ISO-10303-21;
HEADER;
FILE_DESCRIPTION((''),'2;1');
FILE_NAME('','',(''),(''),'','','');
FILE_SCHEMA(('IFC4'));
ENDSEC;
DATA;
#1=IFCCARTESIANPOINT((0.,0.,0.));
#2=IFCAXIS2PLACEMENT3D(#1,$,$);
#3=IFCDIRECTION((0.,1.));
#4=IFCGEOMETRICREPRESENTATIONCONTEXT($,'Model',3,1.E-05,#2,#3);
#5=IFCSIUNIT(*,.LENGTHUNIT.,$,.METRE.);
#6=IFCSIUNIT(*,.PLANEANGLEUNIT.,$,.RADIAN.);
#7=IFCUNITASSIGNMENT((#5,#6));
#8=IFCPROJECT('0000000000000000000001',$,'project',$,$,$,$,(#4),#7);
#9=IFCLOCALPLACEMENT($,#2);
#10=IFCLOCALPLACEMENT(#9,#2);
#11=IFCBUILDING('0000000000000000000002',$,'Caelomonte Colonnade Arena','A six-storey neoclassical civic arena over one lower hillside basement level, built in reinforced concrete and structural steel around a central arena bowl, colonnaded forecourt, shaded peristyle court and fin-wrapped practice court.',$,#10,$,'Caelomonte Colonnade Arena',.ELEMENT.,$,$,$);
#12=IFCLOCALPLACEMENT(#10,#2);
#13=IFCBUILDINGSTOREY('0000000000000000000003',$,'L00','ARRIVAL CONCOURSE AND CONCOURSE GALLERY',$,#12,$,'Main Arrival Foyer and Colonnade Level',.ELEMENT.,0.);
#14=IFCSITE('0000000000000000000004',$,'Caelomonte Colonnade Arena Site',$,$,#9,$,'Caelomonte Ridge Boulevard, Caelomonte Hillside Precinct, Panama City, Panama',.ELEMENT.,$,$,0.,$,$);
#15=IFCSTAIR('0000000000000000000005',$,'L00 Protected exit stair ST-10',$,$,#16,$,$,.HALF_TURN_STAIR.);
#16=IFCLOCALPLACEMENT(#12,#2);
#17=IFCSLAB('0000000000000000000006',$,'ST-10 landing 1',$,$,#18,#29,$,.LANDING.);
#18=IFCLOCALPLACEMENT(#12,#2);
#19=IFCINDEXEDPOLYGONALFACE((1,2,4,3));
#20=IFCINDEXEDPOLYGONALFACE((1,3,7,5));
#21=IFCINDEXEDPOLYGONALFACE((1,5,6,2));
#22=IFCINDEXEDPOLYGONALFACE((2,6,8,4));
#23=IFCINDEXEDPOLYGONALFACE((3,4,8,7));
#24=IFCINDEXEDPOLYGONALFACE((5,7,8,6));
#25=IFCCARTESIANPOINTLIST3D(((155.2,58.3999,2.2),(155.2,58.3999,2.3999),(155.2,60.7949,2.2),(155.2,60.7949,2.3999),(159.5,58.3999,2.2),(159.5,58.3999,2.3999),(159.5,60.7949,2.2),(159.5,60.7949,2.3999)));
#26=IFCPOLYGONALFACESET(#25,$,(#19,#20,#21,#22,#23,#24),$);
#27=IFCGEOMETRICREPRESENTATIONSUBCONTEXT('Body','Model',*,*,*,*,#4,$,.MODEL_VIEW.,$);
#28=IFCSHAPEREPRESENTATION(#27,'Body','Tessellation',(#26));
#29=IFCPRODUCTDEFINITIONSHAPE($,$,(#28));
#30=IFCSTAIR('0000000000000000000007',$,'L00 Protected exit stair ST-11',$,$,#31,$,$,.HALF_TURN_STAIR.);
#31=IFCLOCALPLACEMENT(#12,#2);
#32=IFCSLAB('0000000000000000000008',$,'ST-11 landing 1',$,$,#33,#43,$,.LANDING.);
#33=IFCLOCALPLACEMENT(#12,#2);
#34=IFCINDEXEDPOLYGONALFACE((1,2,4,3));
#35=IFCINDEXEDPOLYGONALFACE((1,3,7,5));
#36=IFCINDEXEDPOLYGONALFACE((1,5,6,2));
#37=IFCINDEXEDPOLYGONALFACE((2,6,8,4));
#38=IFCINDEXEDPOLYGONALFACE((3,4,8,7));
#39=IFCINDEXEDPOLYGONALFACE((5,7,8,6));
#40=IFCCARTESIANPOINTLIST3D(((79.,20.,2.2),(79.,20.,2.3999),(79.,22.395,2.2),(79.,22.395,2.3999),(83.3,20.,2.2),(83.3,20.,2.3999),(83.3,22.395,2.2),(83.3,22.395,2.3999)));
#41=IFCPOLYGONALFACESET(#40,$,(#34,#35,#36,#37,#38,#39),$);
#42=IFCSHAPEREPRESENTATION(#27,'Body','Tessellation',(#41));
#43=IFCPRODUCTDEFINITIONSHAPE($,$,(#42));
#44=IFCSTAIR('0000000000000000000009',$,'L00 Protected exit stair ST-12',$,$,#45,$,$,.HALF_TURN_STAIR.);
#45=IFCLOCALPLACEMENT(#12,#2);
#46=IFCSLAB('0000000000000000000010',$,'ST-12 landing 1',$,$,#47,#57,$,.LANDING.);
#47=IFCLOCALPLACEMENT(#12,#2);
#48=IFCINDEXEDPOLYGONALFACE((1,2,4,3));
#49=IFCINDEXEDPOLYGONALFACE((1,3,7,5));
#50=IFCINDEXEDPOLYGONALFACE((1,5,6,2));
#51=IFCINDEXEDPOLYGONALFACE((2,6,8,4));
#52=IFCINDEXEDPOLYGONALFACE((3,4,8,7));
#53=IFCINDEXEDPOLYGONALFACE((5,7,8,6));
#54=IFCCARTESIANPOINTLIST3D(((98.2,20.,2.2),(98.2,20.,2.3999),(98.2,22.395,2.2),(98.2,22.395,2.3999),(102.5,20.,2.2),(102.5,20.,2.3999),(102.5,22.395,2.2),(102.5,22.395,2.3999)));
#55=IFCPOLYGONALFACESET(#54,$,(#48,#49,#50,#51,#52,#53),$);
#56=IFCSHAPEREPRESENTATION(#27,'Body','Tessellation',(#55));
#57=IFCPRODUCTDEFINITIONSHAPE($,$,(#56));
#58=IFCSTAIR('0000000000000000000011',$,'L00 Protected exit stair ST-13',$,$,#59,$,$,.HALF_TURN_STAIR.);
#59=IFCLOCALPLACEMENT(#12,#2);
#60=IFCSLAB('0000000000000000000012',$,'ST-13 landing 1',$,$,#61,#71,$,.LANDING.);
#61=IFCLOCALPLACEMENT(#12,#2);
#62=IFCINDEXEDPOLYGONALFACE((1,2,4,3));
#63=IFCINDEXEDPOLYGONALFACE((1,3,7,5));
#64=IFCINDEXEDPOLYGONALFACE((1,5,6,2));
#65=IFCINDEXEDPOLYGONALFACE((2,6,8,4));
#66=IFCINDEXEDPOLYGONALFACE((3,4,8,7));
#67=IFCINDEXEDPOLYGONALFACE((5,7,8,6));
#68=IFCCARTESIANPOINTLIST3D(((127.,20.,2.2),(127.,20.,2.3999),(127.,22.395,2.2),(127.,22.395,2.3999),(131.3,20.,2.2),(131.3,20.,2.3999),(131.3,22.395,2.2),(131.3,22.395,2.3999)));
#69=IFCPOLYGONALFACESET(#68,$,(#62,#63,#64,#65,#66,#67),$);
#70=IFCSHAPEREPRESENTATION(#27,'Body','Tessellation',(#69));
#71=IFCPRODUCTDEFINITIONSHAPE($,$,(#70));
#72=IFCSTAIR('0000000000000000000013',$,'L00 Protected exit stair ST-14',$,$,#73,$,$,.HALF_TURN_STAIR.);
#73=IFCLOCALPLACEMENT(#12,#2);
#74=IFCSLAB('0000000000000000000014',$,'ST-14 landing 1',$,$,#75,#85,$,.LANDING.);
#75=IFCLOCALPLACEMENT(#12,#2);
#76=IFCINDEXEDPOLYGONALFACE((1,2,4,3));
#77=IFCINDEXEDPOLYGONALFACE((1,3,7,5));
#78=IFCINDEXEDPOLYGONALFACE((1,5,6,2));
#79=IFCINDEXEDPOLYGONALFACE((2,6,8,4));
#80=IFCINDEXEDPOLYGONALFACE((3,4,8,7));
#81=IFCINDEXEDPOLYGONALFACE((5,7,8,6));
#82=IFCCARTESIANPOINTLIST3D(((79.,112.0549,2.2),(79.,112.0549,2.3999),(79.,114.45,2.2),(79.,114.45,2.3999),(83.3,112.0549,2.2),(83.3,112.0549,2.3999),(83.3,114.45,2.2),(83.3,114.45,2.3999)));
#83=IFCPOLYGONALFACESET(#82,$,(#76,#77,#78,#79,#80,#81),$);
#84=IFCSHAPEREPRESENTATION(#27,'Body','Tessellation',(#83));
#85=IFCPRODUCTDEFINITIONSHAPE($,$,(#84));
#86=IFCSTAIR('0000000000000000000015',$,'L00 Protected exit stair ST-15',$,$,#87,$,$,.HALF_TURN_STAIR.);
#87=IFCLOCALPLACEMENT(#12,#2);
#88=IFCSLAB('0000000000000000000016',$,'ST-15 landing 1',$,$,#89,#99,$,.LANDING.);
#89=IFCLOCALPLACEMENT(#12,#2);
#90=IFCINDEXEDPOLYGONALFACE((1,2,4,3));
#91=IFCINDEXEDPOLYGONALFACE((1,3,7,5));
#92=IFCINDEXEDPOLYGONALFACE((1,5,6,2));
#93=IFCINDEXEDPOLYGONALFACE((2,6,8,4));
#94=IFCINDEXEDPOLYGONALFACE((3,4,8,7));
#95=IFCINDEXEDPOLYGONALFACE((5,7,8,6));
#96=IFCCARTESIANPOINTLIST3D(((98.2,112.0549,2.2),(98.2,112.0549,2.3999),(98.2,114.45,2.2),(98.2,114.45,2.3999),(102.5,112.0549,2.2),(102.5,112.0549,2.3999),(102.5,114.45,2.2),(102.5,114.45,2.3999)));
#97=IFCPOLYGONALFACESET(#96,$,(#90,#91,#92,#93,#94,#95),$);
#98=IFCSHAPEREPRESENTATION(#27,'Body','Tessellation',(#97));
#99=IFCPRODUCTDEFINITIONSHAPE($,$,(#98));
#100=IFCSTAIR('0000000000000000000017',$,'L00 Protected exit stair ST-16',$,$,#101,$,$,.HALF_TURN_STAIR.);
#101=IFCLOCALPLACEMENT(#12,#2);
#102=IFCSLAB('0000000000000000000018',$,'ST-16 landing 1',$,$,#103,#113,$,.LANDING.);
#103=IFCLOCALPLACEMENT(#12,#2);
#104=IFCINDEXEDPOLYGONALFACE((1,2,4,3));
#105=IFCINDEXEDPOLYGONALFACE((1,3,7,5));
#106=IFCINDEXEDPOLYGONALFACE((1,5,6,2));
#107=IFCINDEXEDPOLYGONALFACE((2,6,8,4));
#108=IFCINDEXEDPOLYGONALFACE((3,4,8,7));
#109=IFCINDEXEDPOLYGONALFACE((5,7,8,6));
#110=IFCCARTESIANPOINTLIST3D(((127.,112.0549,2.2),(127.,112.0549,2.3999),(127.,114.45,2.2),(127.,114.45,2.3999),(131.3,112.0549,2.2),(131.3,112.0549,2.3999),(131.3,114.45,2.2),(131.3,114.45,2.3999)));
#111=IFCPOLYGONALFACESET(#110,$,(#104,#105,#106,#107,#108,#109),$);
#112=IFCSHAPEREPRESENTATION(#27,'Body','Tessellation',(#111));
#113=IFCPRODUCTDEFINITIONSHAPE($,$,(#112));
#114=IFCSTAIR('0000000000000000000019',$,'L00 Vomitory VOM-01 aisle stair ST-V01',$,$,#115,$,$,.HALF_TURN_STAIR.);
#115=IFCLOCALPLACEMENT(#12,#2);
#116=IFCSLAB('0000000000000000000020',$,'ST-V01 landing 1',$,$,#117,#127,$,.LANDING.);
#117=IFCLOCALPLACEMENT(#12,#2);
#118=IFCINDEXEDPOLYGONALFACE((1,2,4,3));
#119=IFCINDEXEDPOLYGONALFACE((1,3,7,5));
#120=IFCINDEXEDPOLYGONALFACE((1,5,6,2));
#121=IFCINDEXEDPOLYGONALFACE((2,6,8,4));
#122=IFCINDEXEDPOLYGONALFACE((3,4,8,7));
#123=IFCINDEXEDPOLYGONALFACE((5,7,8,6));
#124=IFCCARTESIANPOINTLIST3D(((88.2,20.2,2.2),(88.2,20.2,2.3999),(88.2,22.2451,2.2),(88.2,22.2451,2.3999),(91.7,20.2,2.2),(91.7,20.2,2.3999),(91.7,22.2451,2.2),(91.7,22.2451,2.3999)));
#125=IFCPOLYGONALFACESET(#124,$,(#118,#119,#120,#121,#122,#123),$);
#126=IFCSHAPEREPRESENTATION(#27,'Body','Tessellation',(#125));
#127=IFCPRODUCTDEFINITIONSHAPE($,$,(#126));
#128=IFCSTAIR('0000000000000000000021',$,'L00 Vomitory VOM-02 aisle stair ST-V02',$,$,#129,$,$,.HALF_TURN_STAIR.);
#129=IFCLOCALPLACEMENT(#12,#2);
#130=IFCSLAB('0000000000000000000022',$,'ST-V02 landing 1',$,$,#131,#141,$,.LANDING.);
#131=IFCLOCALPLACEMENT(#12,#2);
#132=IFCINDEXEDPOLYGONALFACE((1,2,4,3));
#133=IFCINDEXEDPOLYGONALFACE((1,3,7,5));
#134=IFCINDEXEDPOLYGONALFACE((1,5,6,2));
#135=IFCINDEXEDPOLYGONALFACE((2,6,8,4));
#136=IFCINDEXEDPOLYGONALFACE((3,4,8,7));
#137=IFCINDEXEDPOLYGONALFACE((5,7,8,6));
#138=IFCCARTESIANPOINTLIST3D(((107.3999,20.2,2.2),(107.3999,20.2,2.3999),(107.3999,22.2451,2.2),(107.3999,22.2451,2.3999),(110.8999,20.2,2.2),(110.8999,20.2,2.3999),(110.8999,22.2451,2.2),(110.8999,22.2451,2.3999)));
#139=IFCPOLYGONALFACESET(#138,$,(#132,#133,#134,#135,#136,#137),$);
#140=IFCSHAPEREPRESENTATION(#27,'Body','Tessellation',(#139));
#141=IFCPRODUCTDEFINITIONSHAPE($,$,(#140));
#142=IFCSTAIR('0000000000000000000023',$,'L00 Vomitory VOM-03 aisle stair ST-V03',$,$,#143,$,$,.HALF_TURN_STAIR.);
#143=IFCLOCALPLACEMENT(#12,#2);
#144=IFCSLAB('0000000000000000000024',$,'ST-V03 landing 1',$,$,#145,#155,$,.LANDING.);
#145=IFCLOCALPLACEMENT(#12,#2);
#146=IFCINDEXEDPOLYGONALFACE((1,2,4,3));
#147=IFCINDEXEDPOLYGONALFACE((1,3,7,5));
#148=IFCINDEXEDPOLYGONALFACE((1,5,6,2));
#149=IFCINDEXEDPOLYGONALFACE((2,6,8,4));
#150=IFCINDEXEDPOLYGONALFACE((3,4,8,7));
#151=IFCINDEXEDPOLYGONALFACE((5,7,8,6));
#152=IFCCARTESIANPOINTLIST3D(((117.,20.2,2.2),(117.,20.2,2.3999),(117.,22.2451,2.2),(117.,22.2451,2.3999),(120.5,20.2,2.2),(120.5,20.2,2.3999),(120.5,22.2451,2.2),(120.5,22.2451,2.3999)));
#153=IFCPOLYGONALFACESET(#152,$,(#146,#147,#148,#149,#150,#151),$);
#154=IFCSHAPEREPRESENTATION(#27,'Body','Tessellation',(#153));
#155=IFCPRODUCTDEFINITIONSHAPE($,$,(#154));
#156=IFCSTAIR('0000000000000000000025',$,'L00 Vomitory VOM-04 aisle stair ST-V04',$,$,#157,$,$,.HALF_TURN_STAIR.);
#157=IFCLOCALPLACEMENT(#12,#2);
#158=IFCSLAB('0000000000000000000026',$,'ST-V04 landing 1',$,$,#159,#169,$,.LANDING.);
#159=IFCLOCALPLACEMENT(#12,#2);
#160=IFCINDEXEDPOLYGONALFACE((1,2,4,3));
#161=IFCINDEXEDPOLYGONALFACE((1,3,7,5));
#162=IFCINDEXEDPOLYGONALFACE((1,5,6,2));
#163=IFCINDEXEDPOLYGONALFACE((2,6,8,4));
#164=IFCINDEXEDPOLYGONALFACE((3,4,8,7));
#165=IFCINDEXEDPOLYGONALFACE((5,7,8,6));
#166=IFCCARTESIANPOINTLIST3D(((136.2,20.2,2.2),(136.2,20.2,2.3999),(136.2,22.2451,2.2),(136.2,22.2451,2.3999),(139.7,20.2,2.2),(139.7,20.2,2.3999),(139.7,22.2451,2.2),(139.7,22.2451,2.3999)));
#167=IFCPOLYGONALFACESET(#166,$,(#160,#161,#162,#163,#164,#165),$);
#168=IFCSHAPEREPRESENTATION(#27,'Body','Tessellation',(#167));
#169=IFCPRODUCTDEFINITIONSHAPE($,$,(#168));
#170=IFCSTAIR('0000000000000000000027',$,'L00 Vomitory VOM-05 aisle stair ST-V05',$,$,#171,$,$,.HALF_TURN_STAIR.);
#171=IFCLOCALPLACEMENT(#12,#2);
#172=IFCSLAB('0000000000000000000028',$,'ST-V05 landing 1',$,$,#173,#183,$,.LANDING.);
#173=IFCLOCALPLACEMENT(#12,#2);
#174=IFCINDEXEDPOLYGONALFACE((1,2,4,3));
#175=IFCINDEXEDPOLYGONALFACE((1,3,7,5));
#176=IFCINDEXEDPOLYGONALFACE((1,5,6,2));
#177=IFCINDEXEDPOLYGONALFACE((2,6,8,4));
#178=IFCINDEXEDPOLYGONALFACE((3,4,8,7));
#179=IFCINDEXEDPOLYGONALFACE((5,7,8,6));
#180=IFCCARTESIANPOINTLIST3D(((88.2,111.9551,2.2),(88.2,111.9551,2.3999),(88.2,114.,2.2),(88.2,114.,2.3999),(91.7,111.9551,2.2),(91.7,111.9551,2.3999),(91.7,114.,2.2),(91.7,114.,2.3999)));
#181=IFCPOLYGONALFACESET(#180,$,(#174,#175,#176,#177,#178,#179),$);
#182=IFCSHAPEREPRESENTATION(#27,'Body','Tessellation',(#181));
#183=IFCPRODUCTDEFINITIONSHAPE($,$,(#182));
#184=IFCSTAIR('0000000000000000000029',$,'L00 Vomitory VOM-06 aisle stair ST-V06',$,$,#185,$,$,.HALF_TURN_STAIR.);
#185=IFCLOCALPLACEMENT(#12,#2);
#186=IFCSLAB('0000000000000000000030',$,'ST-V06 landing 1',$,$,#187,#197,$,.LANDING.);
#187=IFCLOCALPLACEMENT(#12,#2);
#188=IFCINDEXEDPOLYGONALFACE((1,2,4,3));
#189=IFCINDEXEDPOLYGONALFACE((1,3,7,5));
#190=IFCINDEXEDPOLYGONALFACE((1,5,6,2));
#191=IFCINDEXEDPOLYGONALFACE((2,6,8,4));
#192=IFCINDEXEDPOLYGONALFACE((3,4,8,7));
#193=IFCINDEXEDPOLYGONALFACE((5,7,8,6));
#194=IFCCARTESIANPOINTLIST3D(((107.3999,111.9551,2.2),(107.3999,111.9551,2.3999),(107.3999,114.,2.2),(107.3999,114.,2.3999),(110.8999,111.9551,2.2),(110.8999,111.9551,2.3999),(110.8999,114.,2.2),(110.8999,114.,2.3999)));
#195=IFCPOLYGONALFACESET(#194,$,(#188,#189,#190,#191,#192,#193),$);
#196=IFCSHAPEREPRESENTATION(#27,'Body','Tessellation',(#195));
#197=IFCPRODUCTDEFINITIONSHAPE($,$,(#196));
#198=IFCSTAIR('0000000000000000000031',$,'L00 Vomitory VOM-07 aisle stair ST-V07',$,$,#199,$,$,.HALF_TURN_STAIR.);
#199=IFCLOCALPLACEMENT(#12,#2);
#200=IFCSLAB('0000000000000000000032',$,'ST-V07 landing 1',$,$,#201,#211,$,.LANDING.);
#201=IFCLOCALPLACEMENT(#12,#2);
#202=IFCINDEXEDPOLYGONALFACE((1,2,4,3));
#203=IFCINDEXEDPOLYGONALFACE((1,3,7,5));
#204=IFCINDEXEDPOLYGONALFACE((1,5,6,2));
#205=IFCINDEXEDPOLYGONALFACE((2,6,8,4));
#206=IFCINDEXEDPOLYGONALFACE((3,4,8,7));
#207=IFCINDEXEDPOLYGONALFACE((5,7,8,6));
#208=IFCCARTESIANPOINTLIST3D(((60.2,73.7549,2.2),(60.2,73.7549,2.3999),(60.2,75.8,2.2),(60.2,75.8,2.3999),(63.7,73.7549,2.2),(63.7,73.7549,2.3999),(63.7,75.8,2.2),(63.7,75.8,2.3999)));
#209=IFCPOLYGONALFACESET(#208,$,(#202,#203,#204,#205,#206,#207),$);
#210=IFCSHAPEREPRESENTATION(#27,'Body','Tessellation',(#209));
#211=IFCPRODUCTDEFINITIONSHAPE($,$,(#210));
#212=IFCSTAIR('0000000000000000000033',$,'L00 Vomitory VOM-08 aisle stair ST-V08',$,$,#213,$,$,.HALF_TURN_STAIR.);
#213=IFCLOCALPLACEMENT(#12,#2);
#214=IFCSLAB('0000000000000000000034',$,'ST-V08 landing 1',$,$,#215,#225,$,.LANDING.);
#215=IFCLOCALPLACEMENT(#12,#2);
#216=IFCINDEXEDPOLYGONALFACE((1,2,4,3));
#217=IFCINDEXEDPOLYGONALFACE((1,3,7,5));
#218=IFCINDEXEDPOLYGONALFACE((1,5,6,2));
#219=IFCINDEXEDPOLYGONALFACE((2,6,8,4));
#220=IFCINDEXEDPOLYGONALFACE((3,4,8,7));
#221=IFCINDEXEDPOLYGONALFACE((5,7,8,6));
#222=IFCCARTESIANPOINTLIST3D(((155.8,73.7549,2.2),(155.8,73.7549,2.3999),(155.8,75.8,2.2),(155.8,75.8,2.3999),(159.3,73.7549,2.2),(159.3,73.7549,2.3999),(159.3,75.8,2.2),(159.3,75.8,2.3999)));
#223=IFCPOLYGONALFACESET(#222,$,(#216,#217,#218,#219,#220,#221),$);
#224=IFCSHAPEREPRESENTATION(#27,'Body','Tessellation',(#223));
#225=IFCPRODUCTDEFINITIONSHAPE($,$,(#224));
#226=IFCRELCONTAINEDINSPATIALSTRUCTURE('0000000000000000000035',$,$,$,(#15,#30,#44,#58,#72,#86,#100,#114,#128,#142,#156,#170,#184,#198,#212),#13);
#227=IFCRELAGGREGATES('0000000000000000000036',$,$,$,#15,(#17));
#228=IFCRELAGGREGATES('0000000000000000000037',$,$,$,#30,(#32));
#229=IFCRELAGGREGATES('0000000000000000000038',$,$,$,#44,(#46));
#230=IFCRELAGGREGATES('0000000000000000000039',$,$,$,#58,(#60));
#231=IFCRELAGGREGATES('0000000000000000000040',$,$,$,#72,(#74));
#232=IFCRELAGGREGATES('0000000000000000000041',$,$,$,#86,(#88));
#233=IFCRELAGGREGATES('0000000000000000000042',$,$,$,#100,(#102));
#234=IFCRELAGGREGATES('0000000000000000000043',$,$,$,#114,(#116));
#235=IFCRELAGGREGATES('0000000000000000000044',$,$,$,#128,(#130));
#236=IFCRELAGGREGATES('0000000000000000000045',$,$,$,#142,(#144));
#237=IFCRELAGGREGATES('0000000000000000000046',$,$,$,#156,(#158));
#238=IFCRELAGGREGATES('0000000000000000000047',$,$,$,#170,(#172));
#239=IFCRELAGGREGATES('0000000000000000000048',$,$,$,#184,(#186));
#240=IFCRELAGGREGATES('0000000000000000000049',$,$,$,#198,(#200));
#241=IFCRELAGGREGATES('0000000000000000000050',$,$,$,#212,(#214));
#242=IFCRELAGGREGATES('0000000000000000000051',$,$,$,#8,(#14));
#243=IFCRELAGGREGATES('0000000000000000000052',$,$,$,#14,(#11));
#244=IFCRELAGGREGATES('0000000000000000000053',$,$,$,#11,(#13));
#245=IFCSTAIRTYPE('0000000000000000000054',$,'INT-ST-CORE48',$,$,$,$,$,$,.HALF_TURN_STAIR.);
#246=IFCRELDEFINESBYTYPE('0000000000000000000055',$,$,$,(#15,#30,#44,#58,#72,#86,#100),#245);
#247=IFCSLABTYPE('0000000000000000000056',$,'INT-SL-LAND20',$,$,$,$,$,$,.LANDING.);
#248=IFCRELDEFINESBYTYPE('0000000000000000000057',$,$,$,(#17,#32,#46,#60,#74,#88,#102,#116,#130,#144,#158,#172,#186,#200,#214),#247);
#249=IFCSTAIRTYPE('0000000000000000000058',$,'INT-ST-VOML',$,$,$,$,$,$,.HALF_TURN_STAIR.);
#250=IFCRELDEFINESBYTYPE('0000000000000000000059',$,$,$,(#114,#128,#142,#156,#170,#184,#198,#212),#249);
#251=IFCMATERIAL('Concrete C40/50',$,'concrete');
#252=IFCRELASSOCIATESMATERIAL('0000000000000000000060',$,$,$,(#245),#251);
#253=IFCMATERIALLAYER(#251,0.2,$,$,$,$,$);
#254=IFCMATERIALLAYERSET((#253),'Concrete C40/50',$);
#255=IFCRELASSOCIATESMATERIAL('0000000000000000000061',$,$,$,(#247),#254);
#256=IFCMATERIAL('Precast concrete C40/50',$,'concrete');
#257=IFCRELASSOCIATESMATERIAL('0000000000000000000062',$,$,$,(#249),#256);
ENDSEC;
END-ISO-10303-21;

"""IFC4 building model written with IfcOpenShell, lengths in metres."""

from ifc_helpers import new_model, si_unit, direction, frame, origin, place, context, subcontext, project, spatial, polyline, outline, extrude, material, layer, layer_set, type_object, element, aggregate, save


model = new_model("IFC4")

# Units and contexts
model_context = context("Model", 3, precision=1e-05, world=origin(), true_north=direction((0.0, 1.0)))
body_context = subcontext(model_context, "Body", "Model", "MODEL_VIEW")
ifc_project = project(units=[si_unit("LENGTHUNIT", "METRE"), si_unit("PLANEANGLEUNIT", "RADIAN")], contexts=[model_context])

# Site, building, storey
site_placement = place(None, origin())
site = spatial("IfcSite", under=ifc_project, at=site_placement, Name="Caelomonte Colonnade Arena Site", LongName="Caelomonte Ridge Boulevard, Caelomonte Hillside Precinct, Panama City, Panama", CompositionType="ELEMENT", RefElevation=0.0)
building_placement = place(site_placement, origin())
building = spatial("IfcBuilding", under=site, at=building_placement, Name="Caelomonte Colonnade Arena", Description="A six-storey neoclassical civic arena over one lower hillside basement level, built in reinforced concrete and structural steel around a central arena bowl, colonnaded forecourt, shaded peristyle court and fin-wrapped practice court.", LongName="Caelomonte Colonnade Arena", CompositionType="ELEMENT")
storey_placement = place(building_placement, origin())
storey = spatial("IfcBuildingStorey", under=building, at=storey_placement, Name="L00", Description="ARRIVAL CONCOURSE AND CONCOURSE GALLERY", LongName="Main Arrival Foyer and Colonnade Level", CompositionType="ELEMENT", Elevation=0.0)

# Stairs, slabs
ifc_material_1 = material(Name="Concrete C40/50", Category="concrete")
stair_type_1 = type_object("IfcStairType", Name="INT-ST-CORE48", PredefinedType="HALF_TURN_STAIR", material=ifc_material_1)
stair_1_placement = place(storey_placement, origin())
stair_1 = element("IfcStair", 1, at=stair_1_placement, inside=storey, type_object=stair_type_1, Name="L00 Protected exit stair ST-10", PredefinedType="HALF_TURN_STAIR")
ifc_layer_1 = layer(ifc_material_1, 0.2)
ifc_layer_set_1 = layer_set([ifc_layer_1], Name="Concrete C40/50")
slab_type = type_object("IfcSlabType", Name="INT-SL-LAND20", PredefinedType="LANDING", material=ifc_layer_set_1)
slab_1_placement = place(storey_placement, frame((0.0, 0.0, 2.2)))
slab_1 = element("IfcSlab", 2, at=slab_1_placement, type_object=slab_type, Name="ST-10 landing 1", PredefinedType="LANDING", context=body_context, shape_type="SweptSolid", body=[
    extrude(outline(polyline([(155.2, 60.7949), (155.2, 58.3999), (159.5, 58.3999), (159.5, 60.7949), (155.2, 60.7949)])), origin(), (0.0, 0.0, 1.0), 0.2),
])
aggregate(stair_1, [slab_1])
stair_2_placement = place(storey_placement, origin())
stair_2 = element("IfcStair", 3, at=stair_2_placement, inside=storey, type_object=stair_type_1, Name="L00 Protected exit stair ST-11", PredefinedType="HALF_TURN_STAIR")
slab_2_placement = place(storey_placement, frame((0.0, 0.0, 2.2)))
slab_2 = element("IfcSlab", 4, at=slab_2_placement, type_object=slab_type, Name="ST-11 landing 1", PredefinedType="LANDING", context=body_context, shape_type="SweptSolid", body=[
    extrude(outline(polyline([(79.0, 22.395), (79.0, 20.0), (83.3, 20.0), (83.3, 22.395), (79.0, 22.395)])), origin(), (0.0, 0.0, 1.0), 0.2),
])
aggregate(stair_2, [slab_2])
stair_3_placement = place(storey_placement, origin())
stair_3 = element("IfcStair", 5, at=stair_3_placement, inside=storey, type_object=stair_type_1, Name="L00 Protected exit stair ST-12", PredefinedType="HALF_TURN_STAIR")
slab_3_placement = place(storey_placement, frame((0.0, 0.0, 2.2)))
slab_3 = element("IfcSlab", 6, at=slab_3_placement, type_object=slab_type, Name="ST-12 landing 1", PredefinedType="LANDING", context=body_context, shape_type="SweptSolid", body=[
    extrude(outline(polyline([(98.2, 22.395), (98.2, 20.0), (102.5, 20.0), (102.5, 22.395), (98.2, 22.395)])), origin(), (0.0, 0.0, 1.0), 0.2),
])
aggregate(stair_3, [slab_3])
stair_4_placement = place(storey_placement, origin())
stair_4 = element("IfcStair", 7, at=stair_4_placement, inside=storey, type_object=stair_type_1, Name="L00 Protected exit stair ST-13", PredefinedType="HALF_TURN_STAIR")
slab_4_placement = place(storey_placement, frame((0.0, 0.0, 2.2)))
slab_4 = element("IfcSlab", 8, at=slab_4_placement, type_object=slab_type, Name="ST-13 landing 1", PredefinedType="LANDING", context=body_context, shape_type="SweptSolid", body=[
    extrude(outline(polyline([(127.0, 22.395), (127.0, 20.0), (131.3, 20.0), (131.3, 22.395), (127.0, 22.395)])), origin(), (0.0, 0.0, 1.0), 0.2),
])
aggregate(stair_4, [slab_4])
stair_5_placement = place(storey_placement, origin())
stair_5 = element("IfcStair", 9, at=stair_5_placement, inside=storey, type_object=stair_type_1, Name="L00 Protected exit stair ST-14", PredefinedType="HALF_TURN_STAIR")
slab_5_placement = place(storey_placement, frame((0.0, 0.0, 2.2)))
slab_5 = element("IfcSlab", 10, at=slab_5_placement, type_object=slab_type, Name="ST-14 landing 1", PredefinedType="LANDING", context=body_context, shape_type="SweptSolid", body=[
    extrude(outline(polyline([(83.3, 112.0549), (83.3, 114.45), (79.0, 114.45), (79.0, 112.0549), (83.3, 112.0549)])), origin(), (0.0, 0.0, 1.0), 0.2),
])
aggregate(stair_5, [slab_5])
stair_6_placement = place(storey_placement, origin())
stair_6 = element("IfcStair", 11, at=stair_6_placement, inside=storey, type_object=stair_type_1, Name="L00 Protected exit stair ST-15", PredefinedType="HALF_TURN_STAIR")
slab_6_placement = place(storey_placement, frame((0.0, 0.0, 2.2)))
slab_6 = element("IfcSlab", 12, at=slab_6_placement, type_object=slab_type, Name="ST-15 landing 1", PredefinedType="LANDING", context=body_context, shape_type="SweptSolid", body=[
    extrude(outline(polyline([(102.5, 112.0549), (102.5, 114.45), (98.2, 114.45), (98.2, 112.0549), (102.5, 112.0549)])), origin(), (0.0, 0.0, 1.0), 0.2),
])
aggregate(stair_6, [slab_6])
stair_7_placement = place(storey_placement, origin())
stair_7 = element("IfcStair", 13, at=stair_7_placement, inside=storey, type_object=stair_type_1, Name="L00 Protected exit stair ST-16", PredefinedType="HALF_TURN_STAIR")
slab_7_placement = place(storey_placement, frame((0.0, 0.0, 2.2)))
slab_7 = element("IfcSlab", 14, at=slab_7_placement, type_object=slab_type, Name="ST-16 landing 1", PredefinedType="LANDING", context=body_context, shape_type="SweptSolid", body=[
    extrude(outline(polyline([(131.3, 112.0549), (131.3, 114.45), (127.0, 114.45), (127.0, 112.0549), (131.3, 112.0549)])), origin(), (0.0, 0.0, 1.0), 0.2),
])
aggregate(stair_7, [slab_7])
ifc_material_2 = material(Name="Precast concrete C40/50", Category="concrete")
stair_type_2 = type_object("IfcStairType", Name="INT-ST-VOML", PredefinedType="HALF_TURN_STAIR", material=ifc_material_2)
stair_8_placement = place(storey_placement, origin())
stair_8 = element("IfcStair", 15, at=stair_8_placement, inside=storey, type_object=stair_type_2, Name="L00 Vomitory VOM-01 aisle stair ST-V01", PredefinedType="HALF_TURN_STAIR")
slab_8_placement = place(storey_placement, frame((0.0, 0.0, 2.2)))
slab_8 = element("IfcSlab", 16, at=slab_8_placement, type_object=slab_type, Name="ST-V01 landing 1", PredefinedType="LANDING", context=body_context, shape_type="SweptSolid", body=[
    extrude(outline(polyline([(88.2, 22.2451), (88.2, 20.2), (91.7, 20.2), (91.7, 22.2451), (88.2, 22.2451)])), origin(), (0.0, 0.0, 1.0), 0.2),
])
aggregate(stair_8, [slab_8])
stair_9_placement = place(storey_placement, origin())
stair_9 = element("IfcStair", 17, at=stair_9_placement, inside=storey, type_object=stair_type_2, Name="L00 Vomitory VOM-02 aisle stair ST-V02", PredefinedType="HALF_TURN_STAIR")
slab_9_placement = place(storey_placement, frame((0.0, 0.0, 2.2)))
slab_9 = element("IfcSlab", 18, at=slab_9_placement, type_object=slab_type, Name="ST-V02 landing 1", PredefinedType="LANDING", context=body_context, shape_type="SweptSolid", body=[
    extrude(outline(polyline([(107.3999, 22.2451), (107.3999, 20.2), (110.8999, 20.2), (110.8999, 22.2451), (107.3999, 22.2451)])), origin(), (0.0, 0.0, 1.0), 0.2),
])
aggregate(stair_9, [slab_9])
stair_10_placement = place(storey_placement, origin())
stair_10 = element("IfcStair", 19, at=stair_10_placement, inside=storey, type_object=stair_type_2, Name="L00 Vomitory VOM-03 aisle stair ST-V03", PredefinedType="HALF_TURN_STAIR")
slab_10_placement = place(storey_placement, frame((0.0, 0.0, 2.2)))
slab_10 = element("IfcSlab", 20, at=slab_10_placement, type_object=slab_type, Name="ST-V03 landing 1", PredefinedType="LANDING", context=body_context, shape_type="SweptSolid", body=[
    extrude(outline(polyline([(117.0, 22.2451), (117.0, 20.2), (120.5, 20.2), (120.5, 22.2451), (117.0, 22.2451)])), origin(), (0.0, 0.0, 1.0), 0.2),
])
aggregate(stair_10, [slab_10])
stair_11_placement = place(storey_placement, origin())
stair_11 = element("IfcStair", 21, at=stair_11_placement, inside=storey, type_object=stair_type_2, Name="L00 Vomitory VOM-04 aisle stair ST-V04", PredefinedType="HALF_TURN_STAIR")
slab_11_placement = place(storey_placement, frame((0.0, 0.0, 2.2)))
slab_11 = element("IfcSlab", 22, at=slab_11_placement, type_object=slab_type, Name="ST-V04 landing 1", PredefinedType="LANDING", context=body_context, shape_type="SweptSolid", body=[
    extrude(outline(polyline([(136.2, 22.2451), (136.2, 20.2), (139.7, 20.2), (139.7, 22.2451), (136.2, 22.2451)])), origin(), (0.0, 0.0, 1.0), 0.2),
])
aggregate(stair_11, [slab_11])
stair_12_placement = place(storey_placement, origin())
stair_12 = element("IfcStair", 23, at=stair_12_placement, inside=storey, type_object=stair_type_2, Name="L00 Vomitory VOM-05 aisle stair ST-V05", PredefinedType="HALF_TURN_STAIR")
slab_12_placement = place(storey_placement, frame((0.0, 0.0, 2.2)))
slab_12 = element("IfcSlab", 24, at=slab_12_placement, type_object=slab_type, Name="ST-V05 landing 1", PredefinedType="LANDING", context=body_context, shape_type="SweptSolid", body=[
    extrude(outline(polyline([(91.7, 111.9551), (91.7, 114.0), (88.2, 114.0), (88.2, 111.9551), (91.7, 111.9551)])), origin(), (0.0, 0.0, 1.0), 0.2),
])
aggregate(stair_12, [slab_12])
stair_13_placement = place(storey_placement, origin())
stair_13 = element("IfcStair", 25, at=stair_13_placement, inside=storey, type_object=stair_type_2, Name="L00 Vomitory VOM-06 aisle stair ST-V06", PredefinedType="HALF_TURN_STAIR")
slab_13_placement = place(storey_placement, frame((0.0, 0.0, 2.2)))
slab_13 = element("IfcSlab", 26, at=slab_13_placement, type_object=slab_type, Name="ST-V06 landing 1", PredefinedType="LANDING", context=body_context, shape_type="SweptSolid", body=[
    extrude(outline(polyline([(110.8999, 111.9551), (110.8999, 114.0), (107.3999, 114.0), (107.3999, 111.9551), (110.8999, 111.9551)])), origin(), (0.0, 0.0, 1.0), 0.2),
])
aggregate(stair_13, [slab_13])
stair_14_placement = place(storey_placement, origin())
stair_14 = element("IfcStair", 27, at=stair_14_placement, inside=storey, type_object=stair_type_2, Name="L00 Vomitory VOM-07 aisle stair ST-V07", PredefinedType="HALF_TURN_STAIR")
slab_14_placement = place(storey_placement, frame((0.0, 0.0, 2.2)))
slab_14 = element("IfcSlab", 28, at=slab_14_placement, type_object=slab_type, Name="ST-V07 landing 1", PredefinedType="LANDING", context=body_context, shape_type="SweptSolid", body=[
    extrude(outline(polyline([(63.7, 73.7549), (63.7, 75.8), (60.2, 75.8), (60.2, 73.7549), (63.7, 73.7549)])), origin(), (0.0, 0.0, 1.0), 0.2),
])
aggregate(stair_14, [slab_14])
stair_15_placement = place(storey_placement, origin())
stair_15 = element("IfcStair", 29, at=stair_15_placement, inside=storey, type_object=stair_type_2, Name="L00 Vomitory VOM-08 aisle stair ST-V08", PredefinedType="HALF_TURN_STAIR")
slab_15_placement = place(storey_placement, frame((0.0, 0.0, 2.2)))
slab_15 = element("IfcSlab", 30, at=slab_15_placement, type_object=slab_type, Name="ST-V08 landing 1", PredefinedType="LANDING", context=body_context, shape_type="SweptSolid", body=[
    extrude(outline(polyline([(159.3, 73.7549), (159.3, 75.8), (155.8, 75.8), (155.8, 73.7549), (159.3, 73.7549)])), origin(), (0.0, 0.0, 1.0), 0.2),
])
aggregate(stair_15, [slab_15])

save(model, "model.ifc")
